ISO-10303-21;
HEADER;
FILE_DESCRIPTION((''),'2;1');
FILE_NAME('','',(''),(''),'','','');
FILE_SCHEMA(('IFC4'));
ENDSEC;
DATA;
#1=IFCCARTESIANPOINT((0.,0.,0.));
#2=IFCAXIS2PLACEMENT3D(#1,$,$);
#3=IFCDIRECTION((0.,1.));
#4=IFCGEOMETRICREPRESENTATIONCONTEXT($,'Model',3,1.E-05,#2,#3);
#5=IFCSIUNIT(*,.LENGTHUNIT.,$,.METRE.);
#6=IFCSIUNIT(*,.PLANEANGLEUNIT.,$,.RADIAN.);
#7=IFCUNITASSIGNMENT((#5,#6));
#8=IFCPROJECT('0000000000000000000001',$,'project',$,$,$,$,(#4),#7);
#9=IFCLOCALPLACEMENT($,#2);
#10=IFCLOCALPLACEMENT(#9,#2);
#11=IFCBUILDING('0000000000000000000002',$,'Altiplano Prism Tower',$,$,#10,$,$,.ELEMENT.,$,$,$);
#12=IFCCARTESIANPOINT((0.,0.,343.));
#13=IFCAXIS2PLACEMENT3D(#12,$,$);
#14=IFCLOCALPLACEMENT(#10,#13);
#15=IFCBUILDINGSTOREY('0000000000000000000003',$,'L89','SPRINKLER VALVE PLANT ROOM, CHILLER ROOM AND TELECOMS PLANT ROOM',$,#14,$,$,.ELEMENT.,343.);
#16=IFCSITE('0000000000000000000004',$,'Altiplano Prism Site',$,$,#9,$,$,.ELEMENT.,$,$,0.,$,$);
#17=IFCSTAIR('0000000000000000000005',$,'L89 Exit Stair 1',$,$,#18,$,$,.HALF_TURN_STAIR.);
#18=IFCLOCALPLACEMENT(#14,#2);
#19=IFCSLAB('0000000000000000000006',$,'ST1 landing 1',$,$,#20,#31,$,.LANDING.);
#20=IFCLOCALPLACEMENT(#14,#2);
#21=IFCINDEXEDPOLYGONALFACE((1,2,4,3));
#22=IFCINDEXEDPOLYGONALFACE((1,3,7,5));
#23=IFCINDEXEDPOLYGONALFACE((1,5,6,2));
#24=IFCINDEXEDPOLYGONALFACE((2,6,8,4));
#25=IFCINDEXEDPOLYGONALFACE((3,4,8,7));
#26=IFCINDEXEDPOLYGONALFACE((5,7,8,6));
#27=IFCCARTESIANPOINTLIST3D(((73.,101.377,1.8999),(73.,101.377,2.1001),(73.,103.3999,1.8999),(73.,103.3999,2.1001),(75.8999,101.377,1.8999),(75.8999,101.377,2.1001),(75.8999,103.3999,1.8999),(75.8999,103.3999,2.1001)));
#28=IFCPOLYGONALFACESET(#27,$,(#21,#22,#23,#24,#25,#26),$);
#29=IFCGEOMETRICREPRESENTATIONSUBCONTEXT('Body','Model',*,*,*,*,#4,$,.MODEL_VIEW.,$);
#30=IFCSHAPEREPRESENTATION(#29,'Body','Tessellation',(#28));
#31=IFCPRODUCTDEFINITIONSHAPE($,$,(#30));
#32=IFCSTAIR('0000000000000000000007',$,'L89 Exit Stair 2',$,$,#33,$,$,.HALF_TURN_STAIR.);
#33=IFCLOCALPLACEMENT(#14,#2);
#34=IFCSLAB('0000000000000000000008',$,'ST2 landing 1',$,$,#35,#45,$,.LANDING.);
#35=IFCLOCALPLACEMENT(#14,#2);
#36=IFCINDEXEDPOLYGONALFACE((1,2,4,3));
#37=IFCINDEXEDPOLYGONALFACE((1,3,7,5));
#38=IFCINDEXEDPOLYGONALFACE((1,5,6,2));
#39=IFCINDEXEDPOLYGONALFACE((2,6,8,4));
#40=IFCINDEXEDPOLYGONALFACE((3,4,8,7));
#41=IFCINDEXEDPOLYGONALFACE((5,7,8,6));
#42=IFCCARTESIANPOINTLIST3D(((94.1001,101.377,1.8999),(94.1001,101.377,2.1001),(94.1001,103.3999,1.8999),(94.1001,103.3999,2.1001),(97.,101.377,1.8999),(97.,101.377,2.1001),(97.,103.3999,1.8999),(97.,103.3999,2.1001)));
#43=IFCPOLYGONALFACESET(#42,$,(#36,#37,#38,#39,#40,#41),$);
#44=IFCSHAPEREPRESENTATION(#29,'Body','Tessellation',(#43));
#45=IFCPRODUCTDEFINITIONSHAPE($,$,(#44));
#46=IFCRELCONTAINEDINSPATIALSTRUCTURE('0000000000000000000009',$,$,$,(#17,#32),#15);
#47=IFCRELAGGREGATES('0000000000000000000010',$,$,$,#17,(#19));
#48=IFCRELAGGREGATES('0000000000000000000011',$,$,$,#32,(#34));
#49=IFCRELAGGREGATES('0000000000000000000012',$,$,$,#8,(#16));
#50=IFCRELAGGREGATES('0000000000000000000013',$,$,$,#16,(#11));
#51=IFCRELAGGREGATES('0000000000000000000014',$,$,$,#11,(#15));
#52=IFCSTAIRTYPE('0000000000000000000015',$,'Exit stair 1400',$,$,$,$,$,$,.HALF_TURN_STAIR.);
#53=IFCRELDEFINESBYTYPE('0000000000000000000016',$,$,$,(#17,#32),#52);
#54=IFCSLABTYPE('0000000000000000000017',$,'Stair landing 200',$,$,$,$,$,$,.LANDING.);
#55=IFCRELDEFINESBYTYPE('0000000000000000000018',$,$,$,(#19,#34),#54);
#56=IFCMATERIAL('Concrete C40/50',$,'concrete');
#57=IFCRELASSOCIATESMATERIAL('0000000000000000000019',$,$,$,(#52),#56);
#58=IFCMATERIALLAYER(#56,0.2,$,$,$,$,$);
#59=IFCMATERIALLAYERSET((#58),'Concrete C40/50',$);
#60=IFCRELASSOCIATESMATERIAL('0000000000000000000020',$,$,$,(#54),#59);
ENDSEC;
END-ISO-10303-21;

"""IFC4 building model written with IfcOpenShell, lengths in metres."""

from ifc_helpers import new_model, si_unit, direction, frame, origin, place, context, subcontext, project, spatial, polyline, outline, extrude, material, layer, layer_set, type_object, element, aggregate, save


model = new_model("IFC4")

# Units and contexts
model_context = context("Model", 3, precision=1e-05, world=origin(), true_north=direction((0.0, 1.0)))
body_context = subcontext(model_context, "Body", "Model", "MODEL_VIEW")
ifc_project = project(units=[si_unit("LENGTHUNIT", "METRE"), si_unit("PLANEANGLEUNIT", "RADIAN")], contexts=[model_context])

# Site, building, storey
site_placement = place(None, origin())
site = spatial("IfcSite", under=ifc_project, at=site_placement, Name="Altiplano Prism Site", CompositionType="ELEMENT", RefElevation=0.0)
building_placement = place(site_placement, origin())
building = spatial("IfcBuilding", under=site, at=building_placement, Name="Altiplano Prism Tower", CompositionType="ELEMENT")
storey_placement = place(building_placement, frame((0.0, 0.0, 343.0)))
storey = spatial("IfcBuildingStorey", under=building, at=storey_placement, Name="L89", Description="SPRINKLER VALVE PLANT ROOM, CHILLER ROOM AND TELECOMS PLANT ROOM", CompositionType="ELEMENT", Elevation=343.0)

# Shared definitions
ifc_material_1 = material(Name="Concrete C40/50", Category="concrete")

# Stairs, slabs
stair_type = type_object("IfcStairType", Name="Exit stair 1400", PredefinedType="HALF_TURN_STAIR", material=ifc_material_1)
stair_1_placement = place(storey_placement, origin())
stair_1 = element("IfcStair", 1, at=stair_1_placement, inside=storey, type_object=stair_type, Name="L89 Exit Stair 1", PredefinedType="HALF_TURN_STAIR")
ifc_layer_1 = layer(ifc_material_1, 0.2)
ifc_layer_set_1 = layer_set([ifc_layer_1], Name="Concrete C40/50")
slab_type_1 = type_object("IfcSlabType", Name="Stair landing 200", PredefinedType="LANDING", material=ifc_layer_set_1)
slab_1_placement = place(storey_placement, frame((0.0, 0.0, 1.8999)))
slab_1 = element("IfcSlab", 2, at=slab_1_placement, type_object=slab_type_1, Name="ST1 landing 1", PredefinedType="LANDING", context=body_context, shape_type="SweptSolid", body=[
    extrude(outline(polyline([(75.8999, 101.377), (75.8999, 103.3999), (73.0, 103.3999), (73.0, 101.377), (75.8999, 101.377)])), origin(), (0.0, 0.0, 1.0), 0.2002),
])
aggregate(stair_1, [slab_1])
stair_2_placement = place(storey_placement, origin())
stair_2 = element("IfcStair", 3, at=stair_2_placement, inside=storey, type_object=stair_type, Name="L89 Exit Stair 2", PredefinedType="HALF_TURN_STAIR")
slab_2_placement = place(storey_placement, frame((0.0, 0.0, 1.8999)))
slab_2 = element("IfcSlab", 4, at=slab_2_placement, type_object=slab_type_1, Name="ST2 landing 1", PredefinedType="LANDING", context=body_context, shape_type="SweptSolid", body=[
    extrude(outline(polyline([(97.0, 101.377), (97.0, 103.3999), (94.1001, 103.3999), (94.1001, 101.377), (97.0, 101.377)])), origin(), (0.0, 0.0, 1.0), 0.2002),
])
aggregate(stair_2, [slab_2])

save(model, "model.ifc")
